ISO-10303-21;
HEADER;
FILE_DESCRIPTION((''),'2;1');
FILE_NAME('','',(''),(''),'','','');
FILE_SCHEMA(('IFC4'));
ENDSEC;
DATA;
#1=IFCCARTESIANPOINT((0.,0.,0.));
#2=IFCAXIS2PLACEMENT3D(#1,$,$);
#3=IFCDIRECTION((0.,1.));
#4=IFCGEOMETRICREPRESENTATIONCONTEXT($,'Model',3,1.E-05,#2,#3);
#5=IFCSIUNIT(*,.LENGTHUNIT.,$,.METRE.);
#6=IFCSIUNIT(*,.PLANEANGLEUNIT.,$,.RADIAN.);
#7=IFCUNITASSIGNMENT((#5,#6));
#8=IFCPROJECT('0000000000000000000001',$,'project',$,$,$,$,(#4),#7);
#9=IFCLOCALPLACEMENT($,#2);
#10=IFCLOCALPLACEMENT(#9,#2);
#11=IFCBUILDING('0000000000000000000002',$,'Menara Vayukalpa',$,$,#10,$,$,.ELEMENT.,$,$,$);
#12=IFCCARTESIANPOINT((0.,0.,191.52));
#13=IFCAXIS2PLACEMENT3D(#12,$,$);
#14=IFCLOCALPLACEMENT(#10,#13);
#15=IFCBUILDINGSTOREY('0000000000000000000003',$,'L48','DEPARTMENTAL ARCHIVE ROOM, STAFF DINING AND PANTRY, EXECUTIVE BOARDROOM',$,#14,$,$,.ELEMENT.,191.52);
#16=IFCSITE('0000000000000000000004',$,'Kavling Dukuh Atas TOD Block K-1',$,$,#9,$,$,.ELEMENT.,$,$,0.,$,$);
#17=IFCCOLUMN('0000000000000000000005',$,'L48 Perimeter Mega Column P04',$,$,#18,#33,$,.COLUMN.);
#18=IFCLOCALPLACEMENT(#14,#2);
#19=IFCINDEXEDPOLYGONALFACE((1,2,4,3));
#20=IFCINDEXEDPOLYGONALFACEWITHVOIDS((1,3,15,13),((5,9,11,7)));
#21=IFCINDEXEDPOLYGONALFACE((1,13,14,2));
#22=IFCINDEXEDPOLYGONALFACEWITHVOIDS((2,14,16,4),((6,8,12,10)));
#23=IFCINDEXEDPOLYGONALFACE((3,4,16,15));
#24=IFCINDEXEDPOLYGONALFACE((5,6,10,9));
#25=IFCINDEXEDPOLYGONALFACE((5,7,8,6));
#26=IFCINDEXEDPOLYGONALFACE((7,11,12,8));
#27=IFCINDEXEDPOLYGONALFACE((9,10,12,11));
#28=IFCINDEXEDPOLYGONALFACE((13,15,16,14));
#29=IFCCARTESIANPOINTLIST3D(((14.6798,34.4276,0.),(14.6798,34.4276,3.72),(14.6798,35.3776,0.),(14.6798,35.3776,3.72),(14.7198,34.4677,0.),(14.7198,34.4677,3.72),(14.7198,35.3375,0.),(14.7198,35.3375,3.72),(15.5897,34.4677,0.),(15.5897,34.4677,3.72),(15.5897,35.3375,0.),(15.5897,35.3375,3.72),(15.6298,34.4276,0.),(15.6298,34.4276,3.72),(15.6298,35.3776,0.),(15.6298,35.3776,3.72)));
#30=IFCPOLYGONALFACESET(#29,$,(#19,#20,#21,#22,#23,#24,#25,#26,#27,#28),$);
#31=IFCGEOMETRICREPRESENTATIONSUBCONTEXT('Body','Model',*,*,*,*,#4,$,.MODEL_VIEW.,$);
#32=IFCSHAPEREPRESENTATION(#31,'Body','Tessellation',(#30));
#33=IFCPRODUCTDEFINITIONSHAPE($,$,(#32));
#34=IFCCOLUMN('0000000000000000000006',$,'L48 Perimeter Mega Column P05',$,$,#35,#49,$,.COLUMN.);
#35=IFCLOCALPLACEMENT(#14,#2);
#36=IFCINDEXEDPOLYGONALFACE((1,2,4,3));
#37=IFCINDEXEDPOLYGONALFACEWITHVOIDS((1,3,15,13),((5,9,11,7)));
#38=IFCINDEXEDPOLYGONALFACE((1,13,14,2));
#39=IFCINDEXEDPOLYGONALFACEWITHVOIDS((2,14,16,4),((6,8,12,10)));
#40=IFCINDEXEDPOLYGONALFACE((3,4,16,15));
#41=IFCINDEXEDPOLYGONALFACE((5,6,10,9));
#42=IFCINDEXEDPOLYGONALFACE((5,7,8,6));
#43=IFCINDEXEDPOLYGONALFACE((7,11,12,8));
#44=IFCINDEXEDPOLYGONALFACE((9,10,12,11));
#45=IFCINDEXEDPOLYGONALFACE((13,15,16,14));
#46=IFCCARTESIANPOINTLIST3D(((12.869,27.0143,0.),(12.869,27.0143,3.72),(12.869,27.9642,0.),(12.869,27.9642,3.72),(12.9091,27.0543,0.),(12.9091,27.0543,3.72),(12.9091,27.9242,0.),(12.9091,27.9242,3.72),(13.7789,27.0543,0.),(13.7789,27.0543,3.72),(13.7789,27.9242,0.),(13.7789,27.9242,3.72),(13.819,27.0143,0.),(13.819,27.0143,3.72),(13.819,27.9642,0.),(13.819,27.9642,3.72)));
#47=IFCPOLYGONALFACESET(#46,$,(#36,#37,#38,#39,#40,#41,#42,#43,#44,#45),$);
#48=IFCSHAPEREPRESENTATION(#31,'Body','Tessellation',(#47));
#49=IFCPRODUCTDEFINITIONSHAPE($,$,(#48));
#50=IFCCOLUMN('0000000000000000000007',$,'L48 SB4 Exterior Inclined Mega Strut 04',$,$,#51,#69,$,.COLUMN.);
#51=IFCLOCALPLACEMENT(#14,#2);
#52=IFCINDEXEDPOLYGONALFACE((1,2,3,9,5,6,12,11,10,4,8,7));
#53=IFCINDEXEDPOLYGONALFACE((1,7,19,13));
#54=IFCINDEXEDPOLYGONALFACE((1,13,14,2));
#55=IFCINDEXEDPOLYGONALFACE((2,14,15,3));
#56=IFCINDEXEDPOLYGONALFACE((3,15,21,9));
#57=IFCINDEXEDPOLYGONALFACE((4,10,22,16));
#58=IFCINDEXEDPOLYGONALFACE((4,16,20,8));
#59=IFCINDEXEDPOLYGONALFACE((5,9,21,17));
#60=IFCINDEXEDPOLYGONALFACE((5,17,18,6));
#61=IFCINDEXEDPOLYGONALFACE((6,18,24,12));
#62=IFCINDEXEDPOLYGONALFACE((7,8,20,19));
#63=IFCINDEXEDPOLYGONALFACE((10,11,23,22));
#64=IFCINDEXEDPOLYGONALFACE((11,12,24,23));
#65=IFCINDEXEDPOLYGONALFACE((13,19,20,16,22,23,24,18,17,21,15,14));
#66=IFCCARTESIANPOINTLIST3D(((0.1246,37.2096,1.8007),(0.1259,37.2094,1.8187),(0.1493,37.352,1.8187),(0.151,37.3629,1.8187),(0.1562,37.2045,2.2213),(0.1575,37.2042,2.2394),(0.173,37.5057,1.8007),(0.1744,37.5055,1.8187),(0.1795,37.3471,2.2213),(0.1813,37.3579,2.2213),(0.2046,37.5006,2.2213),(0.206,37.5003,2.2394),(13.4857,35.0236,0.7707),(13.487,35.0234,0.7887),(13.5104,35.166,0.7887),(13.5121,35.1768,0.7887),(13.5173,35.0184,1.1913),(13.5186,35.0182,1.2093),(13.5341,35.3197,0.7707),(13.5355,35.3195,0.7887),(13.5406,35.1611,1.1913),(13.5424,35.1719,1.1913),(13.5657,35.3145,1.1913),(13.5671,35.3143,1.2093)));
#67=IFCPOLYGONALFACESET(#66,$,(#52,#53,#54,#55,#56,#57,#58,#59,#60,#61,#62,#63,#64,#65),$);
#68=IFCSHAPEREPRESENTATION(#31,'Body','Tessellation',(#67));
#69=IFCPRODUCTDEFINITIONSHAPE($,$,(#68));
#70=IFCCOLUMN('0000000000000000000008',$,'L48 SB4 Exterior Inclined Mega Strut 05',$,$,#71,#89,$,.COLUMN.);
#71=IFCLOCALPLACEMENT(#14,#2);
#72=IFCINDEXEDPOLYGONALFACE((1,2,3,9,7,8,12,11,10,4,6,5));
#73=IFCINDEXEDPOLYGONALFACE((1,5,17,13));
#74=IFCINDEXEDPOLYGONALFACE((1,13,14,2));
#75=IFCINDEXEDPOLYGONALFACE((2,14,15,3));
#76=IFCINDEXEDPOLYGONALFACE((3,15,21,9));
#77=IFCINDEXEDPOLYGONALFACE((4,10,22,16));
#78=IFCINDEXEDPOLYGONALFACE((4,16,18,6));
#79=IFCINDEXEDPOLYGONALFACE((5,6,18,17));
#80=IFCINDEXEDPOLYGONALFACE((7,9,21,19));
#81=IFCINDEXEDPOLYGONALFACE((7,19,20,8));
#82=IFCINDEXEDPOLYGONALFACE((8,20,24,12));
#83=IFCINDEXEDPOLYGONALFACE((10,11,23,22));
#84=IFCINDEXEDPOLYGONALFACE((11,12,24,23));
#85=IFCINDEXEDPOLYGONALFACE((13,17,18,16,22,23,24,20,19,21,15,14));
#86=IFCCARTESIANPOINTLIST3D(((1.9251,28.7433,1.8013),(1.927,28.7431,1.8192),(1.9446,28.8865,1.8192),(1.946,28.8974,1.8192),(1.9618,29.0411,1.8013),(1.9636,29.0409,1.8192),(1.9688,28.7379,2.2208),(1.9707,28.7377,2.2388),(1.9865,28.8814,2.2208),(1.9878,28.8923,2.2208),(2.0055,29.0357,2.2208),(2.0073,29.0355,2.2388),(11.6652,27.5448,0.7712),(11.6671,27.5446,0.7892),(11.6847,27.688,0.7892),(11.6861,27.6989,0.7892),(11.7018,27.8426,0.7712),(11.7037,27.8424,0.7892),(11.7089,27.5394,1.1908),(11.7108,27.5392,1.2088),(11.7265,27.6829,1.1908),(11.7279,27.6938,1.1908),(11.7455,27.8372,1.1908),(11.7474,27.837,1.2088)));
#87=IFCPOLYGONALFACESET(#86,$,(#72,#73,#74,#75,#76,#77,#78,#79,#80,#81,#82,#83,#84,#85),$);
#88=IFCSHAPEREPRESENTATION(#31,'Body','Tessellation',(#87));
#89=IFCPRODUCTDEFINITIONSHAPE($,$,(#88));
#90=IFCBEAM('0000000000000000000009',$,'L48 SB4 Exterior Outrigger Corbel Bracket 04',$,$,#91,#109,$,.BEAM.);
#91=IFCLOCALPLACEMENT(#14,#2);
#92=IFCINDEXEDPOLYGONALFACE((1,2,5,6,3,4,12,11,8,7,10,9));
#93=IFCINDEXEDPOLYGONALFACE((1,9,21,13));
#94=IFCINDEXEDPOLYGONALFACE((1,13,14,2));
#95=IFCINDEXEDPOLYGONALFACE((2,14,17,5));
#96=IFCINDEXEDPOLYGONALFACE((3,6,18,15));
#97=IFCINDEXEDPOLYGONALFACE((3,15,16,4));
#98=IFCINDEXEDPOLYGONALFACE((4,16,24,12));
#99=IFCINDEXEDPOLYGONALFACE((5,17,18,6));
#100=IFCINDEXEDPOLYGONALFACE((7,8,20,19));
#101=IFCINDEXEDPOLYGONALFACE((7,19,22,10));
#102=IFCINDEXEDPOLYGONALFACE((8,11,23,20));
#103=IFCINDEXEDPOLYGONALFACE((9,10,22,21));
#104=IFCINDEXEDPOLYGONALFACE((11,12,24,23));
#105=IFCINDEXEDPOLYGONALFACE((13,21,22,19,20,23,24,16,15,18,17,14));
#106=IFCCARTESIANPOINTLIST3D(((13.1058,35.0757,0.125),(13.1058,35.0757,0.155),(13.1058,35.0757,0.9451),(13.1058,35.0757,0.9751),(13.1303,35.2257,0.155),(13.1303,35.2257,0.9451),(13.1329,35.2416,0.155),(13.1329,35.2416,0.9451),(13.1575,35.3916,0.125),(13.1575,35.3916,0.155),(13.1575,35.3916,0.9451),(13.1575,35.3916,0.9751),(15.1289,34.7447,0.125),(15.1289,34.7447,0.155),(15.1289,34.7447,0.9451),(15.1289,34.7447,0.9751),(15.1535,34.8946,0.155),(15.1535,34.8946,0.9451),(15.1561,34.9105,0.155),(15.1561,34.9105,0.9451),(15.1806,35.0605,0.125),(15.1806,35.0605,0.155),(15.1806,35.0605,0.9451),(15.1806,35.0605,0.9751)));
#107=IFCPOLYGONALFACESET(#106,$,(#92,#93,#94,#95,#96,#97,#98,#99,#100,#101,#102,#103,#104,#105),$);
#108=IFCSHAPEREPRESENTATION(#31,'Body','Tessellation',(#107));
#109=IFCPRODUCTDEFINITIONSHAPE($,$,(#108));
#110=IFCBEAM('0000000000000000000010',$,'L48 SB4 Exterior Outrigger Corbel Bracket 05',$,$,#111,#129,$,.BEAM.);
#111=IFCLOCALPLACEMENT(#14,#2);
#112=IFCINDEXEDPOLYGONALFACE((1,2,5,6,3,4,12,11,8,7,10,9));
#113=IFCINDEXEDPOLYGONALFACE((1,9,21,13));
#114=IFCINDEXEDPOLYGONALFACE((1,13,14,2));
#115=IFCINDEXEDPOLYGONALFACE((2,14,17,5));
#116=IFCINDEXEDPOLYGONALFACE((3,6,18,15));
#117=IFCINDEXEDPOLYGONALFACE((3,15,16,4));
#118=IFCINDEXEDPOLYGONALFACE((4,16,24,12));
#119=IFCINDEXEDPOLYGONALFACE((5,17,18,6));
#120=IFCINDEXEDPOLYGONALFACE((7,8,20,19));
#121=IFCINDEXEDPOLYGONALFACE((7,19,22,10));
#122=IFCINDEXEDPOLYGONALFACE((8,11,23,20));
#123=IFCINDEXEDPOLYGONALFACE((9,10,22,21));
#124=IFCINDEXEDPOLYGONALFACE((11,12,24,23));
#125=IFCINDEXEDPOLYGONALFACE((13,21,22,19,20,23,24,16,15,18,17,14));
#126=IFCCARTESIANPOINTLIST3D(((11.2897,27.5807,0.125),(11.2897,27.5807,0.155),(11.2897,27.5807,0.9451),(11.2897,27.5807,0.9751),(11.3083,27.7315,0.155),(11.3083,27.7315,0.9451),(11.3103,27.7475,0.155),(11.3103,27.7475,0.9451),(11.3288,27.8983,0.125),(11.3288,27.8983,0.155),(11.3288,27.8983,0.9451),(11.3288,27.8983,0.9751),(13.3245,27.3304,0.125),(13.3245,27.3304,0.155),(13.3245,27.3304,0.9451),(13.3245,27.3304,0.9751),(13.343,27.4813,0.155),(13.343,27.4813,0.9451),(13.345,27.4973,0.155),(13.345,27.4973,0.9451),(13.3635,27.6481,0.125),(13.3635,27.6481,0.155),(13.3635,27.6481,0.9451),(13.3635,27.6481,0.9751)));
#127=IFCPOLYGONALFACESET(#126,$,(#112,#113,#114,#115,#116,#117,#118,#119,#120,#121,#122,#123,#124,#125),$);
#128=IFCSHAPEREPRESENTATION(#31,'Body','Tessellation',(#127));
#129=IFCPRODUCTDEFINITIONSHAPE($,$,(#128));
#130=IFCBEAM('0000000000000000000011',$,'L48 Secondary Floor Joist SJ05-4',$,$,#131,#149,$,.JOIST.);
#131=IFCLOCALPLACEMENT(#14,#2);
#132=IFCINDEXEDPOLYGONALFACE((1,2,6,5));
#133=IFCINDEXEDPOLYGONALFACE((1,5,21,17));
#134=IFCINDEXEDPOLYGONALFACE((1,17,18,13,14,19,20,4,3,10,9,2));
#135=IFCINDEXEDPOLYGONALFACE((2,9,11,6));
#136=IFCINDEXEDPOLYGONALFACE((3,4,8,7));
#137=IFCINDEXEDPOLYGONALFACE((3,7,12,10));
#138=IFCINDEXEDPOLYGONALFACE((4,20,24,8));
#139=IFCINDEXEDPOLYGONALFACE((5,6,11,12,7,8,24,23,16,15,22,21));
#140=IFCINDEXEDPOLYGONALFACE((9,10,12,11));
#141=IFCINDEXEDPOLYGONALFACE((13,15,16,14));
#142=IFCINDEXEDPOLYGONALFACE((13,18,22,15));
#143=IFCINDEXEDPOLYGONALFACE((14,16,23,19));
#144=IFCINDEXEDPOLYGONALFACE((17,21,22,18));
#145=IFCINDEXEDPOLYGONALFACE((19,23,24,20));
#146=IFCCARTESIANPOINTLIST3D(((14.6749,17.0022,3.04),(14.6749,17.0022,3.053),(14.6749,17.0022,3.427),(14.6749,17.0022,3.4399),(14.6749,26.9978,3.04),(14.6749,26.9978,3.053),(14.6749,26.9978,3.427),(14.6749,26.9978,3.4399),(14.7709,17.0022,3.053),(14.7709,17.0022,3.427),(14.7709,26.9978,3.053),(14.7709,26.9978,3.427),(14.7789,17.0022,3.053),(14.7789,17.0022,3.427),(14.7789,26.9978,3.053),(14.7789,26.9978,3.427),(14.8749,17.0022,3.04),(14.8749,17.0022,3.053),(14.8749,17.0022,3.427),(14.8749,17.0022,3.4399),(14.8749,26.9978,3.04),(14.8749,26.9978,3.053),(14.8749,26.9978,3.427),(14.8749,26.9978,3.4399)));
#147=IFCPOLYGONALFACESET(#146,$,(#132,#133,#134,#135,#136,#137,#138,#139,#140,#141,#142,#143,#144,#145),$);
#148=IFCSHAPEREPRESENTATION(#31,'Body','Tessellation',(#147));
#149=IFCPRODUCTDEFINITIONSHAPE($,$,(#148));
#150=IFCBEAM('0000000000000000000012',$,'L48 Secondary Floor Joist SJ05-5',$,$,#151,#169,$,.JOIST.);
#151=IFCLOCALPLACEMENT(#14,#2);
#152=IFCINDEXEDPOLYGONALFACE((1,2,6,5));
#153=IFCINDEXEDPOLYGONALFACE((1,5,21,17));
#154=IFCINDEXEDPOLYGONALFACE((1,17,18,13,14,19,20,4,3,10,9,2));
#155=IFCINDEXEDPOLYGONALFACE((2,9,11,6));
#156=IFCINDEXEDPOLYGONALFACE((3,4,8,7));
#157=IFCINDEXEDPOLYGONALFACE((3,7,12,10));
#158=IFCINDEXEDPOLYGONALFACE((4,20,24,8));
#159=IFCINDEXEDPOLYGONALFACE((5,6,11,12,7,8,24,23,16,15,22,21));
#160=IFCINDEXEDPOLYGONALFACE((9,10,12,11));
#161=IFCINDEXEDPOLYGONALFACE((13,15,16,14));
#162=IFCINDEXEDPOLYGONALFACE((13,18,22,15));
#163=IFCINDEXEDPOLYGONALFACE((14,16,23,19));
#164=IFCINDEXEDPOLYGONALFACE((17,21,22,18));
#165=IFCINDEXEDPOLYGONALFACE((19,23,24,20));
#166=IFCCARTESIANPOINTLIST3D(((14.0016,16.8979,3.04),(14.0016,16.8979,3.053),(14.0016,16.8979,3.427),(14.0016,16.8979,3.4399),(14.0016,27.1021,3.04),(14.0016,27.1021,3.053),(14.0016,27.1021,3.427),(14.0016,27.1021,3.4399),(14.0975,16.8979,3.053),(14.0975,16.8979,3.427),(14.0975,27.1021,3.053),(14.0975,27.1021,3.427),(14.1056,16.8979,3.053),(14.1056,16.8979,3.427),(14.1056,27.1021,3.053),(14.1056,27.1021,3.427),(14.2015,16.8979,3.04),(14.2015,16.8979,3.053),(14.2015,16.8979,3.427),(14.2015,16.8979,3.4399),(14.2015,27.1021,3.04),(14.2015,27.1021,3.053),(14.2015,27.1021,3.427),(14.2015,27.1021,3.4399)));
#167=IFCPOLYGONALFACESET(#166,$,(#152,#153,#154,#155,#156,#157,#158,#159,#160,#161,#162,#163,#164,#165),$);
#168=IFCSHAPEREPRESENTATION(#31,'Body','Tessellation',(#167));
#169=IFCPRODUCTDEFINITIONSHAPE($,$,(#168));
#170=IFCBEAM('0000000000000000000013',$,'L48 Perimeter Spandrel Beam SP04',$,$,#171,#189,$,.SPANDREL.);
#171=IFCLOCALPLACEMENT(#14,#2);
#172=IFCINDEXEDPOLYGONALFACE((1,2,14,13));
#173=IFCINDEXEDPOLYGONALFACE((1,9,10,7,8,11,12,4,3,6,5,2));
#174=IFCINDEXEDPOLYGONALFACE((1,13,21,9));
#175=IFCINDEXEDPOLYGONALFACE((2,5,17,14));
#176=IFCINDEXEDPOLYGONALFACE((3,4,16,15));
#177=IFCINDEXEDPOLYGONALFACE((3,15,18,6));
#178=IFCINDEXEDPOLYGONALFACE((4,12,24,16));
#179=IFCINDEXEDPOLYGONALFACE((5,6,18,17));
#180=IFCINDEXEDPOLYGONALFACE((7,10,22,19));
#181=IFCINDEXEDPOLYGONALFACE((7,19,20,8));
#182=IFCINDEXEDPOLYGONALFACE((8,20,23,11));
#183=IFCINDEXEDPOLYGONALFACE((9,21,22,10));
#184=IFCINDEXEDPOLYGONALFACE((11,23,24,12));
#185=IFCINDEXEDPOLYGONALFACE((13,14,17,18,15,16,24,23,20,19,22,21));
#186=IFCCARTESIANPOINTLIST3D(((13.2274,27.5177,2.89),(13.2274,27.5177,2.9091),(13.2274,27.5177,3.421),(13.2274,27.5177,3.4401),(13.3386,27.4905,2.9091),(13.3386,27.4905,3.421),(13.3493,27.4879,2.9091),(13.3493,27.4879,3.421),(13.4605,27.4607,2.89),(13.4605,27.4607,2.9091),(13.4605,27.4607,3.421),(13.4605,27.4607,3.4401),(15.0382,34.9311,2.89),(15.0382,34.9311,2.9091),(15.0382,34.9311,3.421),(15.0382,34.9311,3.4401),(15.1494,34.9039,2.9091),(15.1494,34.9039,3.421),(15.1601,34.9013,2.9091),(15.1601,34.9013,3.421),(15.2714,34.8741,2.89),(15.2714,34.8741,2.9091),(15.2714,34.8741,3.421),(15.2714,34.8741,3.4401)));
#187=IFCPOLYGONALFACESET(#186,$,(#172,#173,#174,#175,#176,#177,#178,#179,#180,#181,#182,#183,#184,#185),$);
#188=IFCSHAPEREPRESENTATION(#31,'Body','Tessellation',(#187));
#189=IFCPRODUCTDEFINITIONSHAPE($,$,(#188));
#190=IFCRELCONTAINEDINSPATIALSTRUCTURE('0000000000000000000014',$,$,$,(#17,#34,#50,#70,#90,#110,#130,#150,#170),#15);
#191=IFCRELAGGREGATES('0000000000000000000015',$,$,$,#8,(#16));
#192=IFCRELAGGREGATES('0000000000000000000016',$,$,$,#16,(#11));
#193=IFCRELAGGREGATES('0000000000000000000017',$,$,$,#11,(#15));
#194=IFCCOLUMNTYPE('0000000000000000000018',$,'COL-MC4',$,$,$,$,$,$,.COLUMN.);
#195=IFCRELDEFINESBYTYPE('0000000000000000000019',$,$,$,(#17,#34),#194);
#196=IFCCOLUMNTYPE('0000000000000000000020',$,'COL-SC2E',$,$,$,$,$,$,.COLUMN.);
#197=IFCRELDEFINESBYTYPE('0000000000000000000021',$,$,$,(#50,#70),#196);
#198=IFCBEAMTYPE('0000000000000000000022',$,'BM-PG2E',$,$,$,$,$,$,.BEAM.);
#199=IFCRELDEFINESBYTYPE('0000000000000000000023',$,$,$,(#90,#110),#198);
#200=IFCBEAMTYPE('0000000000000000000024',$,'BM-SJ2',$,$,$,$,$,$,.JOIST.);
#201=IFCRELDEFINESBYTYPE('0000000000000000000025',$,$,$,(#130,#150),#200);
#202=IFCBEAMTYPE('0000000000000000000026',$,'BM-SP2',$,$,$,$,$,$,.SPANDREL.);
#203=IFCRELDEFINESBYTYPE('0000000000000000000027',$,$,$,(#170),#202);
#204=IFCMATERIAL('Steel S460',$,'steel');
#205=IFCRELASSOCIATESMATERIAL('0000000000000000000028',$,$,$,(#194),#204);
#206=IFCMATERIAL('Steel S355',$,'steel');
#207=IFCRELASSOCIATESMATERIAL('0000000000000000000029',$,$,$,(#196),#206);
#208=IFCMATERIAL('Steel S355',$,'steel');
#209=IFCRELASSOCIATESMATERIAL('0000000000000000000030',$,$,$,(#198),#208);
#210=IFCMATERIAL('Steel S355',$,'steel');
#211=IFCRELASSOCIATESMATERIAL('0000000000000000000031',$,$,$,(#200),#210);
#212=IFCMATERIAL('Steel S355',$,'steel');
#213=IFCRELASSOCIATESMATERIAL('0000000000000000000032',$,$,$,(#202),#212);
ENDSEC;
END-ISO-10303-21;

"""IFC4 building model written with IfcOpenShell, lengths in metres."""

from ifc_helpers import new_model, si_unit, direction, frame, origin, origin_2d, place, context, subcontext, project, spatial, hollow_rectangle, i_section, extrude, material, material_profile, profile_set, type_object, element, save


model = new_model("IFC4")

# Units and contexts
model_context = context("Model", 3, precision=1e-05, world=origin(), true_north=direction((0.0, 1.0)))
body_context = subcontext(model_context, "Body", "Model", "MODEL_VIEW")
ifc_project = project(units=[si_unit("LENGTHUNIT", "METRE"), si_unit("PLANEANGLEUNIT", "RADIAN")], contexts=[model_context])

# Site, building, storey
site_placement = place(None, origin())
site = spatial("IfcSite", under=ifc_project, at=site_placement, Name="Kavling Dukuh Atas TOD Block K-1", CompositionType="ELEMENT", RefElevation=0.0)
building_placement = place(site_placement, origin())
building = spatial("IfcBuilding", under=site, at=building_placement, Name="Menara Vayukalpa", CompositionType="ELEMENT")
storey_placement = place(building_placement, frame((0.0, 0.0, 191.52)))
storey = spatial("IfcBuildingStorey", under=building, at=storey_placement, Name="L48", Description="DEPARTMENTAL ARCHIVE ROOM, STAFF DINING AND PANTRY, EXECUTIVE BOARDROOM", CompositionType="ELEMENT", Elevation=191.52)

# Columns
ifc_material_1 = material(Name="Steel S460", Category="steel")
ifc_material_profile_1 = material_profile(ifc_material_1, hollow_rectangle(XDim=0.95, YDim=0.95, WallThickness=0.04, at=origin_2d()), Name="BOX 950x950x40")
ifc_profile_set_1 = profile_set([ifc_material_profile_1], Name="Steel S460")
column_type_1 = type_object("IfcColumnType", Name="COL-MC4", PredefinedType="COLUMN", material=ifc_profile_set_1)
for number, where, z_axis, x_axis, name in (
    (1, (15.1548, 34.9026, 0.0), (0.0, 0.0, 1.0), (1.0, 0.0, 0.0), "L48 Perimeter Mega Column P04"),
    (2, (13.344, 27.4893, 0.0), (0.0, 0.0, 1.0), (1.0, 0.0, 0.0), "L48 Perimeter Mega Column P05"),
):
    element("IfcColumn", number, at=place(storey_placement, frame(where, z_axis=z_axis, x_axis=x_axis)), inside=storey, type_object=column_type_1, Name=name, PredefinedType="COLUMN", context=body_context, shape_type="SweptSolid", body=[
        extrude(hollow_rectangle(XDim=0.95, YDim=0.95, WallThickness=0.04, at=origin_2d()), origin(), (0.0, 0.0, 1.0), 3.72),
    ])
ifc_material_2 = material(Name="Steel S355", Category="steel")
ifc_material_profile_2 = material_profile(ifc_material_2, i_section(OverallWidth=0.3, OverallDepth=0.4399, WebThickness=0.011, FlangeThickness=0.0181, at=origin_2d()), Name="H 440x300x11x18")
ifc_profile_set_2 = profile_set([ifc_material_profile_2], Name="Steel S355")
column_type_2 = type_object("IfcColumnType", Name="COL-SC2E", PredefinedType="COLUMN", material=ifc_profile_set_2)
column_1_placement = place(storey_placement, frame((13.5264, 35.1689, 0.99), z_axis=(-0.984035, 0.161, 0.075861), x_axis=(-0.161465, -0.986878, 0.0)))
element("IfcColumn", 3, at=column_1_placement, inside=storey, type_object=column_type_2, Name="L48 SB4 Exterior Inclined Mega Strut 04", PredefinedType="COLUMN", context=body_context, shape_type="SweptSolid", body=[
    extrude(i_section(OverallWidth=0.3, OverallDepth=0.4399, WebThickness=0.011, FlangeThickness=0.0181, at=origin_2d()), origin(), (0.0, 0.0, 1.0), 13.5779),
])
column_2_placement = place(storey_placement, frame((11.7063, 27.6909, 0.99), z_axis=(-0.987092, 0.12146, 0.104388), x_axis=(-0.122127, -0.992514, 0.0)))
element("IfcColumn", 4, at=column_2_placement, inside=storey, type_object=column_type_2, Name="L48 SB4 Exterior Inclined Mega Strut 05", PredefinedType="COLUMN", context=body_context, shape_type="SweptSolid", body=[
    extrude(i_section(OverallWidth=0.3, OverallDepth=0.4399, WebThickness=0.011, FlangeThickness=0.0181, at=origin_2d()), origin(), (0.0, 0.0, 1.0), 9.8674),
])

# Beams
ifc_material_3 = material(Name="Steel S355", Category="steel")
ifc_material_profile_3 = material_profile(ifc_material_3, i_section(OverallWidth=0.3201, OverallDepth=0.8501, WebThickness=0.0161, FlangeThickness=0.03, at=origin_2d()), Name="WF 850x320x16x30")
ifc_profile_set_3 = profile_set([ifc_material_profile_3], Name="Steel S355")
beam_type_1 = type_object("IfcBeamType", Name="BM-PG2E", PredefinedType="BEAM", material=ifc_profile_set_3)
for number, where, z_axis, x_axis, name in (
    (5, (15.1548, 34.9026, 0.55), (-0.986876, 0.161482, 0.0), (-0.161482, -0.986876, 0.0), "L48 SB4 Exterior Outrigger Corbel Bracket 04"),
    (6, (13.344, 27.4893, 0.55), (-0.992521, 0.12207, 0.0), (-0.12207, -0.992521, 0.0), "L48 SB4 Exterior Outrigger Corbel Bracket 05"),
):
    element("IfcBeam", number, at=place(storey_placement, frame(where, z_axis=z_axis, x_axis=x_axis)), inside=storey, type_object=beam_type_1, Name=name, PredefinedType="BEAM", context=body_context, shape_type="SweptSolid", body=[
        extrude(i_section(OverallWidth=0.3201, OverallDepth=0.8501, WebThickness=0.0161, FlangeThickness=0.03, at=origin_2d()), origin(), (0.0, 0.0, 1.0), 2.05),
    ])
ifc_material_4 = material(Name="Steel S355", Category="steel")
ifc_material_profile_4 = material_profile(ifc_material_4, i_section(OverallWidth=0.2, OverallDepth=0.3999, WebThickness=0.0081, FlangeThickness=0.0129, at=origin_2d()), Name="WF 400x200x8x13")
ifc_profile_set_4 = profile_set([ifc_material_profile_4], Name="Steel S355")
beam_type_2 = type_object("IfcBeamType", Name="BM-SJ2", PredefinedType="JOIST", material=ifc_profile_set_4)
beam_1_placement = place(storey_placement, frame((14.7749, 26.9978, 3.24), z_axis=(0.0, -1.0, 0.0), x_axis=(1.0, 0.0, 0.0)))
element("IfcBeam", 7, at=beam_1_placement, inside=storey, type_object=beam_type_2, Name="L48 Secondary Floor Joist SJ05-4", PredefinedType="JOIST", context=body_context, shape_type="SweptSolid", body=[
    extrude(i_section(OverallWidth=0.2, OverallDepth=0.3999, WebThickness=0.0081, FlangeThickness=0.0129, at=origin_2d()), origin(), (0.0, 0.0, 1.0), 9.9956),
])
beam_2_placement = place(storey_placement, frame((14.1016, 27.1021, 3.24), z_axis=(0.0, -1.0, 0.0), x_axis=(1.0, 0.0, 0.0)))
element("IfcBeam", 8, at=beam_2_placement, inside=storey, type_object=beam_type_2, Name="L48 Secondary Floor Joist SJ05-5", PredefinedType="JOIST", context=body_context, shape_type="SweptSolid", body=[
    extrude(i_section(OverallWidth=0.2, OverallDepth=0.3999, WebThickness=0.0081, FlangeThickness=0.0129, at=origin_2d()), origin(), (0.0, 0.0, 1.0), 10.2041),
])
ifc_material_5 = material(Name="Steel S355", Category="steel")
ifc_material_profile_5 = material_profile(ifc_material_5, i_section(OverallWidth=0.24, OverallDepth=0.55, WebThickness=0.011, FlangeThickness=0.019, at=origin_2d()), Name="WF 550x240x11x19")
ifc_profile_set_5 = profile_set([ifc_material_profile_5], Name="Steel S355")
beam_type_3 = type_object("IfcBeamType", Name="BM-SP2", PredefinedType="SPANDREL", material=ifc_profile_set_5)
beam_3_placement = place(storey_placement, frame((15.1548, 34.9026, 3.165), z_axis=(-0.237285, -0.97144, 0.0), x_axis=(0.97144, -0.237285, 0.0)))
element("IfcBeam", 9, at=beam_3_placement, inside=storey, type_object=beam_type_3, Name="L48 Perimeter Spandrel Beam SP04", PredefinedType="SPANDREL", context=body_context, shape_type="SweptSolid", body=[
    extrude(i_section(OverallWidth=0.24, OverallDepth=0.55, WebThickness=0.011, FlangeThickness=0.019, at=origin_2d()), origin(), (0.0, 0.0, 1.0), 7.6313),
])

save(model, "model.ifc")
